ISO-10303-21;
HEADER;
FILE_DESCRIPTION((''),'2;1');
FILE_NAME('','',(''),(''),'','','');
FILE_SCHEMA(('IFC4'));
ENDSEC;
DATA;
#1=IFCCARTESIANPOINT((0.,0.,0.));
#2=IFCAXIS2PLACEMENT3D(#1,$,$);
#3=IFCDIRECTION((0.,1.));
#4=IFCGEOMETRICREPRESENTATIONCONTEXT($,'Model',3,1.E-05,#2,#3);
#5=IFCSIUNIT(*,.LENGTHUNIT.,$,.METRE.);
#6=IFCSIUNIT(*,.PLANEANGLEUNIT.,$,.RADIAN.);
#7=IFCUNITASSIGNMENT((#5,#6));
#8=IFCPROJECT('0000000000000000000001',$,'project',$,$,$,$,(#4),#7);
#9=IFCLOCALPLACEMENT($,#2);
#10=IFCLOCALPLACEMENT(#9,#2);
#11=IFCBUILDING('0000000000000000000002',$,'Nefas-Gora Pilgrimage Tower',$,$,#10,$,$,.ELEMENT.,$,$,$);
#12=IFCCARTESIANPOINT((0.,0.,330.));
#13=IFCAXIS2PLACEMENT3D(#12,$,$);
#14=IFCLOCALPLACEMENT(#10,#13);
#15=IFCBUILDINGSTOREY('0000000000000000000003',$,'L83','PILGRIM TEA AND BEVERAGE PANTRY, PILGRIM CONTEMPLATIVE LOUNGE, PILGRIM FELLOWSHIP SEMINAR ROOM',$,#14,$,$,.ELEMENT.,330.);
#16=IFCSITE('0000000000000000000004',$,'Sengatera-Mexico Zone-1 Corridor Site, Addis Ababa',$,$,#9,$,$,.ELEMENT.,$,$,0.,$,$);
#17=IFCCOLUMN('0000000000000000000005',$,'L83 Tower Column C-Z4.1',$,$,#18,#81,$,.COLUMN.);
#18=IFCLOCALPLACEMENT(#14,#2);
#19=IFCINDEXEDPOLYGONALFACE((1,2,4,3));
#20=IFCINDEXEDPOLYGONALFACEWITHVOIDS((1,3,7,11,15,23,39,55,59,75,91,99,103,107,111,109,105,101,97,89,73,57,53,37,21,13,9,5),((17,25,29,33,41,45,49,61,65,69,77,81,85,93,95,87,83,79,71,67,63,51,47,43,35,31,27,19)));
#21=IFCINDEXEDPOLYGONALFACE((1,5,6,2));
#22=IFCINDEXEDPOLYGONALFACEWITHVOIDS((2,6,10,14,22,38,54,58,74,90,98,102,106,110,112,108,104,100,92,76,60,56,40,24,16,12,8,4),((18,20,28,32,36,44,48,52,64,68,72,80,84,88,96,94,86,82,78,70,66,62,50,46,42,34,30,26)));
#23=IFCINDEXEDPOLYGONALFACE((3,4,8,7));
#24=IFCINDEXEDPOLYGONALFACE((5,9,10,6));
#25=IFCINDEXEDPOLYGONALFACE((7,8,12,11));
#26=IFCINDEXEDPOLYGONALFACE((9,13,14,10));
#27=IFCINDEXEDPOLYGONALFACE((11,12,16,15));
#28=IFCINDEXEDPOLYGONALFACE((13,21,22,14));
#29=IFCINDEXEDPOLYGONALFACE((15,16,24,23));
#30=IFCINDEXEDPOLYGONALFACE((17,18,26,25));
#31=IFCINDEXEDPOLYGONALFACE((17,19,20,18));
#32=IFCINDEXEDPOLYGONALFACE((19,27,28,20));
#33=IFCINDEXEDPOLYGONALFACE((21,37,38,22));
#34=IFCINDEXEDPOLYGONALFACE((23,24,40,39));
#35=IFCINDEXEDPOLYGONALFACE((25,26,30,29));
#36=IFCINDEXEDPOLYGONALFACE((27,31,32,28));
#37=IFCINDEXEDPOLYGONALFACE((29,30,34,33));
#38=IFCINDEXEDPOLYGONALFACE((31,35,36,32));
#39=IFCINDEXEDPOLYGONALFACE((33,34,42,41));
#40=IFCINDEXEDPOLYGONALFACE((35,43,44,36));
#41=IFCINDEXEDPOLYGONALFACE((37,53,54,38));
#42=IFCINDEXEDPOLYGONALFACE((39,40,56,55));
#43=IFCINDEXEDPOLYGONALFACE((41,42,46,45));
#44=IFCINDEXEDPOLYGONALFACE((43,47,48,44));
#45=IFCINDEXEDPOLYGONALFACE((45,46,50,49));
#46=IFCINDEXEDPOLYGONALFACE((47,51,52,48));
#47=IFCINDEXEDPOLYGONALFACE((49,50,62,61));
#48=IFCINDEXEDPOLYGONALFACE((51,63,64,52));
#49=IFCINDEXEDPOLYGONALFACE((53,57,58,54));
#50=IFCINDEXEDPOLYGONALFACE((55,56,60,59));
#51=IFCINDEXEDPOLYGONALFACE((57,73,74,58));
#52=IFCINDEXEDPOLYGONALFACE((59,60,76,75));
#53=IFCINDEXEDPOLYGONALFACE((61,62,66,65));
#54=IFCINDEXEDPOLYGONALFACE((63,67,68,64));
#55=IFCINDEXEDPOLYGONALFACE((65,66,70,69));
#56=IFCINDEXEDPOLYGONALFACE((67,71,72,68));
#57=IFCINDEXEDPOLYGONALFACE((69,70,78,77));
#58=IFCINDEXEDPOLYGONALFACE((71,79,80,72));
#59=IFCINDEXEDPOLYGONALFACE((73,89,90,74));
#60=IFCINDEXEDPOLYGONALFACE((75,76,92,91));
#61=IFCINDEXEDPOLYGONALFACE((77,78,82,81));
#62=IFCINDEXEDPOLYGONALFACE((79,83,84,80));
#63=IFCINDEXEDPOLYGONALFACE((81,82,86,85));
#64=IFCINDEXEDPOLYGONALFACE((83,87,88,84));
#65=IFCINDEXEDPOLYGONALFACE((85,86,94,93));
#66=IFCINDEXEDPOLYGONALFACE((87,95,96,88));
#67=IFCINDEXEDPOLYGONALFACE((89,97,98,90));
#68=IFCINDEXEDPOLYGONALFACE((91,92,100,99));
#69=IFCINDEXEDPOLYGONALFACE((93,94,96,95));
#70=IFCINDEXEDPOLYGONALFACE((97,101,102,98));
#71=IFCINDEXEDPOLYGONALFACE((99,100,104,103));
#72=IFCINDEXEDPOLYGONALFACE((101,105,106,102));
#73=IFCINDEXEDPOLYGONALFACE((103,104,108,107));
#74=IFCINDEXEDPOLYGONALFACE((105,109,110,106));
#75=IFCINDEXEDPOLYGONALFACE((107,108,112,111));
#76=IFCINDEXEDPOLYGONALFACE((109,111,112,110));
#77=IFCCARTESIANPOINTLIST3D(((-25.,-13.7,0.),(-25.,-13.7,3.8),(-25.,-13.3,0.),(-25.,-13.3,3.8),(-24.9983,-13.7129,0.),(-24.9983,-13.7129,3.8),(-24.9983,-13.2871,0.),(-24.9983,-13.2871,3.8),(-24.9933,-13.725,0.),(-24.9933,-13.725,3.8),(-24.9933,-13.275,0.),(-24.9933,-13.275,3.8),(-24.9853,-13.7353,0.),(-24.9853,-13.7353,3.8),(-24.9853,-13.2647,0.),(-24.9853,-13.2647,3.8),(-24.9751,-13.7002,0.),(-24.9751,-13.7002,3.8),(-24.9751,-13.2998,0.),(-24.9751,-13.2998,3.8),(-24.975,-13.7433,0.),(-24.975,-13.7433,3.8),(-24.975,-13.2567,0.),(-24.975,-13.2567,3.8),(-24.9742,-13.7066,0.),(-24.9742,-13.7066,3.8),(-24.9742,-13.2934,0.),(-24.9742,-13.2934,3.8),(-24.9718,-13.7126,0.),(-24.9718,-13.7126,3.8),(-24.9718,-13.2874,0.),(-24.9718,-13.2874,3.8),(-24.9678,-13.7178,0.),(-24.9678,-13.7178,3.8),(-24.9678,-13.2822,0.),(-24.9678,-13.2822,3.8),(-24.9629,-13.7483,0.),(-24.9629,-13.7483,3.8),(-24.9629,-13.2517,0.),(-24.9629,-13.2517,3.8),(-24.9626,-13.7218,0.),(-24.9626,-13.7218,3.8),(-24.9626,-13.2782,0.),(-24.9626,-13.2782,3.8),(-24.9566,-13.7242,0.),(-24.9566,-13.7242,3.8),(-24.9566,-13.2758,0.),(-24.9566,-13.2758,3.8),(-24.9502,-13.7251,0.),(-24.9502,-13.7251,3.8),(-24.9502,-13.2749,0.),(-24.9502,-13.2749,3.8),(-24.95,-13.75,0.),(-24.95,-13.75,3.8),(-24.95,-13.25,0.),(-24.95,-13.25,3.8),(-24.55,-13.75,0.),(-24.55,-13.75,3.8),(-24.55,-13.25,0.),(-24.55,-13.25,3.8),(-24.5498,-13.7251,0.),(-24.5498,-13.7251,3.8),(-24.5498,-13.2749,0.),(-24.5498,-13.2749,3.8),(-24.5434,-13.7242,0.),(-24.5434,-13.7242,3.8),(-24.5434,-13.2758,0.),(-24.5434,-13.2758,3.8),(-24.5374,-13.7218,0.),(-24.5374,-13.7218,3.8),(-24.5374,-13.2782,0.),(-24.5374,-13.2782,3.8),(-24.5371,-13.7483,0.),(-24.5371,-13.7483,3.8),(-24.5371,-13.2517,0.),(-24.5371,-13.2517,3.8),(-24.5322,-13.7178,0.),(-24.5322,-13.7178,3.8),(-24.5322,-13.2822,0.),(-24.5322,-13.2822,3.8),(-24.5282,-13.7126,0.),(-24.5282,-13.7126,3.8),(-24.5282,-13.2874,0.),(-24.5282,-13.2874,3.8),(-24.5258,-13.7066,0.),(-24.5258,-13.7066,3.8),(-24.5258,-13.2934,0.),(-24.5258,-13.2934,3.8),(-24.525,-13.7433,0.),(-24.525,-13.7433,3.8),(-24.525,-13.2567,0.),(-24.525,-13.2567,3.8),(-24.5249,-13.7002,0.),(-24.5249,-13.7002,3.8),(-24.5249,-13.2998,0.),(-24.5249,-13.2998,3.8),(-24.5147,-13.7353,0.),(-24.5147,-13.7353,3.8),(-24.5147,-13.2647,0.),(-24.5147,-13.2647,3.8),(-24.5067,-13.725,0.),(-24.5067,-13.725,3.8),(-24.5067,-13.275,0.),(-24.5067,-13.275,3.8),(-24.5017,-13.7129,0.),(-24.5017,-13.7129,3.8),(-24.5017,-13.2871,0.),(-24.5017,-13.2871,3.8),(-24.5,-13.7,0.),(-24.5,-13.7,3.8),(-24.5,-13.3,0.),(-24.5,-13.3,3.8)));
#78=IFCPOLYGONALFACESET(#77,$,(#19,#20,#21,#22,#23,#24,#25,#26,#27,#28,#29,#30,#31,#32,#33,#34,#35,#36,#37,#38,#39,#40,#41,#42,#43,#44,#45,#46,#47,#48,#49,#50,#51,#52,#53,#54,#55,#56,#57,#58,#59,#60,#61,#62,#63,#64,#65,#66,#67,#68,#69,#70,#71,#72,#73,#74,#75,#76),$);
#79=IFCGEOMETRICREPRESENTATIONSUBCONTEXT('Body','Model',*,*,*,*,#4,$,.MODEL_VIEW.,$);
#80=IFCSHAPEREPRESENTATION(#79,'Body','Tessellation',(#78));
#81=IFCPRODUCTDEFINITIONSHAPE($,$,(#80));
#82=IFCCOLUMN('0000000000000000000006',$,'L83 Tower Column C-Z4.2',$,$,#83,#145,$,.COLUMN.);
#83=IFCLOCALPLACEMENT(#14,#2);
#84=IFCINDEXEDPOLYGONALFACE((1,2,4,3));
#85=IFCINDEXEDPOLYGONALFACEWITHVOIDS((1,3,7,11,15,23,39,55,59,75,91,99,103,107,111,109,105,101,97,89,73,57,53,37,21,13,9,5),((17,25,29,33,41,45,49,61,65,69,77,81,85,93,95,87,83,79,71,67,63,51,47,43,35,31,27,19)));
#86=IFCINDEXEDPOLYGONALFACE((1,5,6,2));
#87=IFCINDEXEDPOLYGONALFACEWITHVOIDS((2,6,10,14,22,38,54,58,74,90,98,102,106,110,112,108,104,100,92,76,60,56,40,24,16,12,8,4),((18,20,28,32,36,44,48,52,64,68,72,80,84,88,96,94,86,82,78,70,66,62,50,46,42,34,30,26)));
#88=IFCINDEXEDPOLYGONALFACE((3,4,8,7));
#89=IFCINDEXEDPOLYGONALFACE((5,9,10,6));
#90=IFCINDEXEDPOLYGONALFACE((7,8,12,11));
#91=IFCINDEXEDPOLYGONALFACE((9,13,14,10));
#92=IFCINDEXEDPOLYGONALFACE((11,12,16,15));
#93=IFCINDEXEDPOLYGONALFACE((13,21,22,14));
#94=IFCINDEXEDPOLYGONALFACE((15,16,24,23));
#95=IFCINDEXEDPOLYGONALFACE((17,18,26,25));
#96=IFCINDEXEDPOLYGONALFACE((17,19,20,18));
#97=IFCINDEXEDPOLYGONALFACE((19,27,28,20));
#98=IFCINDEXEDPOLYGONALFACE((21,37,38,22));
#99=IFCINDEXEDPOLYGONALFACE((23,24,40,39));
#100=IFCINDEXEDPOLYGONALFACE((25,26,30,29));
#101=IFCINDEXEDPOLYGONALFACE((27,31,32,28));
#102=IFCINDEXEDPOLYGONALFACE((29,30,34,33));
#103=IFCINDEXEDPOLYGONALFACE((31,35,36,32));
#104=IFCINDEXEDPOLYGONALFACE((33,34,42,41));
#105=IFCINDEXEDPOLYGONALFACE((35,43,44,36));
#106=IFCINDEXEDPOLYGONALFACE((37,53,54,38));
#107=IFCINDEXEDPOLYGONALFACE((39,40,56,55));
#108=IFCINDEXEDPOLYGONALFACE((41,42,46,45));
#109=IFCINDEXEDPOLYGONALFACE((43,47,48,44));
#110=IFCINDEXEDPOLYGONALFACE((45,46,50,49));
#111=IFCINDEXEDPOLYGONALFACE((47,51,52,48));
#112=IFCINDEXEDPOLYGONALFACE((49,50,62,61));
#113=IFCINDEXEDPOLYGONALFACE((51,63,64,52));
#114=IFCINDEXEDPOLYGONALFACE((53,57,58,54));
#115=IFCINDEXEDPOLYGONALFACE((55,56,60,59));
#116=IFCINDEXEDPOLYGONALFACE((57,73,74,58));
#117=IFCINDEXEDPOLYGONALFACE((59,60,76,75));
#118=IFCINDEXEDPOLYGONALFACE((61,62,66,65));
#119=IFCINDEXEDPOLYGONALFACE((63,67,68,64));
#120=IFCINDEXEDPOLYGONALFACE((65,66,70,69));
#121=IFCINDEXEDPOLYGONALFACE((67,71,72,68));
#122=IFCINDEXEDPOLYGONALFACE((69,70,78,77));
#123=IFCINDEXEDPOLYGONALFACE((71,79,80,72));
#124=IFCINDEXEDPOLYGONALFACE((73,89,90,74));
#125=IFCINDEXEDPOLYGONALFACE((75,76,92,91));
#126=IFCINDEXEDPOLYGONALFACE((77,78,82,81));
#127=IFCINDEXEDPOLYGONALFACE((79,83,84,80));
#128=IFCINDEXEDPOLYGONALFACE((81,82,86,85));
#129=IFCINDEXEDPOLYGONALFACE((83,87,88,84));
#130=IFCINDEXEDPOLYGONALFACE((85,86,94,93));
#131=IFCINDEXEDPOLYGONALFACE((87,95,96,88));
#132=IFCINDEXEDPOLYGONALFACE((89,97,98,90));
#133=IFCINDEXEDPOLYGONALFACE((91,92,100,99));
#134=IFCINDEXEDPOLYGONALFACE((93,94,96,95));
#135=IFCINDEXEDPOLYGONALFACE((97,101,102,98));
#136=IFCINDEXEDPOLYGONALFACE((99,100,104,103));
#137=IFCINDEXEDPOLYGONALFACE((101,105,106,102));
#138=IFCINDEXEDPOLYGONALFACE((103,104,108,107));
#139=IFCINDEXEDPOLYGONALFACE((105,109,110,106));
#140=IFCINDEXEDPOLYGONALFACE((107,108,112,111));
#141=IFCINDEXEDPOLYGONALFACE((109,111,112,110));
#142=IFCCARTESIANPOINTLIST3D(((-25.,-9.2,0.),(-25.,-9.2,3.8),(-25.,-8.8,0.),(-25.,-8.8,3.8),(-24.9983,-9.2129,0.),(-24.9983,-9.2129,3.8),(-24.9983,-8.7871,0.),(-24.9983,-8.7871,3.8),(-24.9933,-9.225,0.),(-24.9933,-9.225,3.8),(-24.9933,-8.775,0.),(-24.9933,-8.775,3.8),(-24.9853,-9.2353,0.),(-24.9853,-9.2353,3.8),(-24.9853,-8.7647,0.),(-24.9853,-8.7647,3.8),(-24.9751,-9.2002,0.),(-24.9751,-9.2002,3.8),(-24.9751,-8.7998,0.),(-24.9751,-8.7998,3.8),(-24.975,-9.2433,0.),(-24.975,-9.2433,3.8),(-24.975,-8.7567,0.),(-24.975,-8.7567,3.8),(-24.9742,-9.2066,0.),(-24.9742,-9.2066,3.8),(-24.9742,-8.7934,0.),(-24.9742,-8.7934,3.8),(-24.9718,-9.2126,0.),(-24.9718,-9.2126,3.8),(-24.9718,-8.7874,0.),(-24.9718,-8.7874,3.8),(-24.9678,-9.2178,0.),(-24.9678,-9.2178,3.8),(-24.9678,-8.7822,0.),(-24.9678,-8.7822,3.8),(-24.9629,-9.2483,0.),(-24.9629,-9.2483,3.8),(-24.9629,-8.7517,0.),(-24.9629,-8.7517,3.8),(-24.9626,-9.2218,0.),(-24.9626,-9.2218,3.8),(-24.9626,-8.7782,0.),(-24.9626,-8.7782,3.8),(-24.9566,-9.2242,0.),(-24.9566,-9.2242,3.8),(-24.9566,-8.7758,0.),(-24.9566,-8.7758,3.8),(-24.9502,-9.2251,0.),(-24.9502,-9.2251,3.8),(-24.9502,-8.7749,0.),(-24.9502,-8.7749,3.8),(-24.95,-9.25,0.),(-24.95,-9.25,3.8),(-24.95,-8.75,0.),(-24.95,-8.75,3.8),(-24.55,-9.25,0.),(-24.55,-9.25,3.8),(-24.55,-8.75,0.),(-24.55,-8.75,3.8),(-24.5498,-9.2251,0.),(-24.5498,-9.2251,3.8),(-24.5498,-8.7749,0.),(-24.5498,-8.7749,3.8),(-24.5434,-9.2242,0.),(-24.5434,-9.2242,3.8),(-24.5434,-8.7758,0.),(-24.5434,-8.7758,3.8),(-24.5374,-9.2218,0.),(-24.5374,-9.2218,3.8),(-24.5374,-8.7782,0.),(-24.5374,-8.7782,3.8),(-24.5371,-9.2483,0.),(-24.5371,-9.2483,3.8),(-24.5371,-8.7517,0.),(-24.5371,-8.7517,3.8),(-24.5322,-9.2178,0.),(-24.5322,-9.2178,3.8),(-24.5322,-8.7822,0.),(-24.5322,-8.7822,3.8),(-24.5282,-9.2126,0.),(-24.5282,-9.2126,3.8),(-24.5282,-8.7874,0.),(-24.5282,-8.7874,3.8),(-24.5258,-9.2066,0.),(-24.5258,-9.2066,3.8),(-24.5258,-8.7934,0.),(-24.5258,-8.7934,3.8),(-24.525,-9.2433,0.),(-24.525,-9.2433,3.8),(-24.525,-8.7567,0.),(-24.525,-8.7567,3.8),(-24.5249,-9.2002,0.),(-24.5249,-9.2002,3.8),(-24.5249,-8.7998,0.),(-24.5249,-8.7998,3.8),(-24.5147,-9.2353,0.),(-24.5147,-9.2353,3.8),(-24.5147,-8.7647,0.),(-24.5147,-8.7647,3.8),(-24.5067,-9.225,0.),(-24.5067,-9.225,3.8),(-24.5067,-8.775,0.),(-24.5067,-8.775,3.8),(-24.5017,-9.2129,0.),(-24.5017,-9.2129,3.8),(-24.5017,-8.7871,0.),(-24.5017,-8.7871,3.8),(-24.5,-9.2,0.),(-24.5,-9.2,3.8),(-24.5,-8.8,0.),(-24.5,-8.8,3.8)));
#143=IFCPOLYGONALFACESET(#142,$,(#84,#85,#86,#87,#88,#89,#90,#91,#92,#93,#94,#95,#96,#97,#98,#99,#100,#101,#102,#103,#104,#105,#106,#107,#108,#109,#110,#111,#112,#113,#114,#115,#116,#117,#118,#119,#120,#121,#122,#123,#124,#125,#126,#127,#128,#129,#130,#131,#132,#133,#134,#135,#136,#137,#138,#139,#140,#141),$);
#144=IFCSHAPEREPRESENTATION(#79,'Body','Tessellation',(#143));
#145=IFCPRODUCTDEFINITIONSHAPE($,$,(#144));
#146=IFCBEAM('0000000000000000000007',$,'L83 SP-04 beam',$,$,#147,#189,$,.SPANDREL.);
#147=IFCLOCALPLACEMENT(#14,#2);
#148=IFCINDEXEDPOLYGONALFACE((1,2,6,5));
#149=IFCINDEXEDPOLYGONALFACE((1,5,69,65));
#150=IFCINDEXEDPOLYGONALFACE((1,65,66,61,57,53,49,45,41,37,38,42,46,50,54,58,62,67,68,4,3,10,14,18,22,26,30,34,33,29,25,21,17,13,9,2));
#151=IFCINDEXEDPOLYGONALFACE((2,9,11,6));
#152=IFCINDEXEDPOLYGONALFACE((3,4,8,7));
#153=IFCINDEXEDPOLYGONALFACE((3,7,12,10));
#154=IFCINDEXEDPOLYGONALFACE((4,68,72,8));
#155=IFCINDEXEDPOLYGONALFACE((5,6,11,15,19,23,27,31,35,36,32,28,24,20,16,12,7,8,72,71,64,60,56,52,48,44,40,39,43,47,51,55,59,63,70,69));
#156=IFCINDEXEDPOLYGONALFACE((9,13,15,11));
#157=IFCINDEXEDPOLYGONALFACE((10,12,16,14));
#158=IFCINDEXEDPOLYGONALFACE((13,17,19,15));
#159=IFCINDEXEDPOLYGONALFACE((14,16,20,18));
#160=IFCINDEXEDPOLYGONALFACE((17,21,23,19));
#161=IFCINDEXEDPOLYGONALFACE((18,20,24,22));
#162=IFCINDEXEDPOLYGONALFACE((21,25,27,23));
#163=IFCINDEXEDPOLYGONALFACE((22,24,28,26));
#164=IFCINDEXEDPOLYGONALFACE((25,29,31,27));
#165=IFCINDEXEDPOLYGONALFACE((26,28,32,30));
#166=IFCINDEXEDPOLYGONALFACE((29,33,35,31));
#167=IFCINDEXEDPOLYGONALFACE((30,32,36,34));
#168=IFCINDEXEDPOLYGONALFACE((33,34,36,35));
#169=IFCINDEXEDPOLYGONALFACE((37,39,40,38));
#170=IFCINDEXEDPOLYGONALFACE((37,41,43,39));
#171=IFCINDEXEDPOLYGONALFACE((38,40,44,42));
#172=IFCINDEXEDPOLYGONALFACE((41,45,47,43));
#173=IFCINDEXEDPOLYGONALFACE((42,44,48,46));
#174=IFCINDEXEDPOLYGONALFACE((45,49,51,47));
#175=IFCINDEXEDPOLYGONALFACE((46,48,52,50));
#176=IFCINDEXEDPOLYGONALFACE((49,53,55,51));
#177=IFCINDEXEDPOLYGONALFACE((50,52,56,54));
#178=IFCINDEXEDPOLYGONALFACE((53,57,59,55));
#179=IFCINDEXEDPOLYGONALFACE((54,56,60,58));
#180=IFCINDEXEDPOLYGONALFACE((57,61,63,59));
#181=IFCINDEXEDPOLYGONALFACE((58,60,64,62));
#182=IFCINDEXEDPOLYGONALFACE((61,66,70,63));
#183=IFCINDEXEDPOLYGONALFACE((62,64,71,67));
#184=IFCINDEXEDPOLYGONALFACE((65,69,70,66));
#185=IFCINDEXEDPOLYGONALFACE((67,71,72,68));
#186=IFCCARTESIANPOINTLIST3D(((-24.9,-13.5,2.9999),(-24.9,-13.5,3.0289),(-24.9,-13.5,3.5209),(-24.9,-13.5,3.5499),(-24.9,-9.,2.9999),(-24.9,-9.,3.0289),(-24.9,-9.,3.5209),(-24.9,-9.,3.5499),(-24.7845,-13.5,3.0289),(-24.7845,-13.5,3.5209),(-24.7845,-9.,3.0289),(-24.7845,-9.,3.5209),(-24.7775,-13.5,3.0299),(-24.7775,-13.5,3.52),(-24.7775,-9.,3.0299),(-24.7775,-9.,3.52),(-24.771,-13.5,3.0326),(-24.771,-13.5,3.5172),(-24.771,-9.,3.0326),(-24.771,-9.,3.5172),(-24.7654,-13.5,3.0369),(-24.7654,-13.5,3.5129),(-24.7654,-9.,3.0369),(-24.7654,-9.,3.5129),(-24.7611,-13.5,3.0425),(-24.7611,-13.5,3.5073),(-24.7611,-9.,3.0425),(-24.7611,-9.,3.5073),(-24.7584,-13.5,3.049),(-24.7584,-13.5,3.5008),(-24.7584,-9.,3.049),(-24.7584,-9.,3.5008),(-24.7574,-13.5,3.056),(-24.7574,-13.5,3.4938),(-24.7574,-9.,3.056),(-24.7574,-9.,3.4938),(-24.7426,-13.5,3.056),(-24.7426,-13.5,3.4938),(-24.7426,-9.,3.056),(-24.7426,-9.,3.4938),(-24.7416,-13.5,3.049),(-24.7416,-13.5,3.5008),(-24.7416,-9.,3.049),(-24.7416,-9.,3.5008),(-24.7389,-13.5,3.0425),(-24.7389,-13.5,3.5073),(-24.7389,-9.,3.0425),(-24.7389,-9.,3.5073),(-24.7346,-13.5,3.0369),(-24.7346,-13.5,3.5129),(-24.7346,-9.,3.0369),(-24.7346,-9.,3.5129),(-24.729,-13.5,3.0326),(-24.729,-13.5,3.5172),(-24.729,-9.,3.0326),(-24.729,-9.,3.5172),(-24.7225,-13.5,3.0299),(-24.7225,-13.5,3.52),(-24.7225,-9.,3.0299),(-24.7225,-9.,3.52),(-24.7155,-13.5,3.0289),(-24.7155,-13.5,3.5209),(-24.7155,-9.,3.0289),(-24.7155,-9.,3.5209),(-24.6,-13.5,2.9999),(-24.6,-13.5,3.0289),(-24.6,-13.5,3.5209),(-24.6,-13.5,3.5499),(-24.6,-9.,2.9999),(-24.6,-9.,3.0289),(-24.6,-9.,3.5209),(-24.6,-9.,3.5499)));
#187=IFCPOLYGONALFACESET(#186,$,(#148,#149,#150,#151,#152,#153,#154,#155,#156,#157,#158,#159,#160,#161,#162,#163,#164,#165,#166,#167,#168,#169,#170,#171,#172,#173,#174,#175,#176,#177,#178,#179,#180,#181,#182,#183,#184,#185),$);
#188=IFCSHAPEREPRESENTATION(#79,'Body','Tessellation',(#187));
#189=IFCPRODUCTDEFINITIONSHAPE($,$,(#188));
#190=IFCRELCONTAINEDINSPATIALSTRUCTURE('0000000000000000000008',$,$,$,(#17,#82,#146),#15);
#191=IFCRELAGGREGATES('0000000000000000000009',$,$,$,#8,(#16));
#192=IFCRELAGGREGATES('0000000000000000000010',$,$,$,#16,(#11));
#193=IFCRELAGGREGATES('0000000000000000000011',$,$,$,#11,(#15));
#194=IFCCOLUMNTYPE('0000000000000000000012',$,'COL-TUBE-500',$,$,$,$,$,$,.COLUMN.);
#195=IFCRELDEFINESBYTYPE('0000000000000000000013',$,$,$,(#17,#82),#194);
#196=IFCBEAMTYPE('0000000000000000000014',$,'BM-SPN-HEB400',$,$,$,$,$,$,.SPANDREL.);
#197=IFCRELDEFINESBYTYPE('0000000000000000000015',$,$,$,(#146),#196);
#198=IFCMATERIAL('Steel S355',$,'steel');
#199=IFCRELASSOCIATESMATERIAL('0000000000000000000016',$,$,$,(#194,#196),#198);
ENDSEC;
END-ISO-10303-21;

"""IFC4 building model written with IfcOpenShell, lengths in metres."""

from ifc_helpers import new_model, si_unit, direction, frame, origin, origin_2d, place, context, subcontext, project, spatial, hollow_rectangle, i_section, extrude, source, transform, mapped, material, material_profile, profile_set, type_object, element, save


model = new_model("IFC4")

# Units and contexts
model_context = context("Model", 3, precision=1e-05, world=origin(), true_north=direction((0.0, 1.0)))
body_context = subcontext(model_context, "Body", "Model", "MODEL_VIEW")
ifc_project = project(units=[si_unit("LENGTHUNIT", "METRE"), si_unit("PLANEANGLEUNIT", "RADIAN")], contexts=[model_context])

# Site, building, storey
site_placement = place(None, origin())
site = spatial("IfcSite", under=ifc_project, at=site_placement, Name="Sengatera-Mexico Zone-1 Corridor Site, Addis Ababa", CompositionType="ELEMENT", RefElevation=0.0)
building_placement = place(site_placement, origin())
building = spatial("IfcBuilding", under=site, at=building_placement, Name="Nefas-Gora Pilgrimage Tower", CompositionType="ELEMENT")
storey_placement = place(building_placement, frame((0.0, 0.0, 330.0)))
storey = spatial("IfcBuildingStorey", under=building, at=storey_placement, Name="L83", Description="PILGRIM TEA AND BEVERAGE PANTRY, PILGRIM CONTEMPLATIVE LOUNGE, PILGRIM FELLOWSHIP SEMINAR ROOM", CompositionType="ELEMENT", Elevation=330.0)

# Columns
ifc_material_1 = material(Name="Steel S355", Category="steel")
ifc_material_profile_1 = material_profile(ifc_material_1, hollow_rectangle(XDim=0.5, YDim=0.5, WallThickness=0.0249, InnerFilletRadius=0.0249, OuterFilletRadius=0.05, at=origin_2d()), Name="SHS 500x500x25")
ifc_profile_set_1 = profile_set([ifc_material_profile_1], Name="Steel S355")
column_type_1 = type_object("IfcColumnType", Name="COL-TUBE-500", PredefinedType="COLUMN", material=ifc_profile_set_1)
shared_shape_1 = source(origin(), body_context, "Body", "SweptSolid", [
    extrude(hollow_rectangle(XDim=0.5, YDim=0.5, WallThickness=0.0249, InnerFilletRadius=0.0249, OuterFilletRadius=0.05, at=origin_2d()), origin(), (0.0, 0.0, 1.0), 3.8),
])
for number, where, z_axis, x_axis, name in (
    (1, (-24.75, -13.5, 0.0), (0.0, 0.0, 1.0), (1.0, 0.0, 0.0), "L83 Tower Column C-Z4.1"),
    (2, (-24.75, -9.0, 0.0), (0.0, 0.0, 1.0), (1.0, 0.0, 0.0), "L83 Tower Column C-Z4.2"),
):
    element("IfcColumn", number, at=place(storey_placement, frame(where, z_axis=z_axis, x_axis=x_axis)), inside=storey, type_object=column_type_1, Name=name, PredefinedType="COLUMN", context=body_context, shape_type="MappedRepresentation", body=[
        mapped(shared_shape_1, transform((0.0, 0.0, 0.0), x_axis=(1.0, 0.0, 0.0), y_axis=(0.0, 1.0, 0.0), z_axis=(0.0, 0.0, 1.0), scale=1.0)),
    ])

# Beam
ifc_material_profile_2 = material_profile(ifc_material_1, i_section(OverallWidth=0.3, OverallDepth=0.55, WebThickness=0.0149, FlangeThickness=0.0291, FilletRadius=0.0271, at=origin_2d()), Name="HEB 550")
ifc_profile_set_2 = profile_set([ifc_material_profile_2], Name="Steel S355")
beam_type_1 = type_object("IfcBeamType", Name="BM-SPN-HEB400", PredefinedType="SPANDREL", material=ifc_profile_set_2)
shared_shape_2 = source(origin(), body_context, "Body", "SweptSolid", [
    extrude(i_section(OverallWidth=0.3, OverallDepth=0.55, WebThickness=0.0149, FlangeThickness=0.0291, FilletRadius=0.0271, at=origin_2d()), origin(), (0.0, 0.0, 1.0), 4.5),
])
for number, where, z_axis, x_axis, name in (
    (3, (-24.75, -13.5, 3.2749), (0.0, 1.0, 0.0), (-1.0, 0.0, 0.0), "L83 SP-04 beam"),
):
    element("IfcBeam", number, at=place(storey_placement, frame(where, z_axis=z_axis, x_axis=x_axis)), inside=storey, type_object=beam_type_1, Name=name, PredefinedType="SPANDREL", context=body_context, shape_type="MappedRepresentation", body=[
        mapped(shared_shape_2, transform((0.0, 0.0, 0.0), x_axis=(1.0, 0.0, 0.0), y_axis=(0.0, 1.0, 0.0), z_axis=(0.0, 0.0, 1.0), scale=1.0)),
    ])

save(model, "model.ifc")
